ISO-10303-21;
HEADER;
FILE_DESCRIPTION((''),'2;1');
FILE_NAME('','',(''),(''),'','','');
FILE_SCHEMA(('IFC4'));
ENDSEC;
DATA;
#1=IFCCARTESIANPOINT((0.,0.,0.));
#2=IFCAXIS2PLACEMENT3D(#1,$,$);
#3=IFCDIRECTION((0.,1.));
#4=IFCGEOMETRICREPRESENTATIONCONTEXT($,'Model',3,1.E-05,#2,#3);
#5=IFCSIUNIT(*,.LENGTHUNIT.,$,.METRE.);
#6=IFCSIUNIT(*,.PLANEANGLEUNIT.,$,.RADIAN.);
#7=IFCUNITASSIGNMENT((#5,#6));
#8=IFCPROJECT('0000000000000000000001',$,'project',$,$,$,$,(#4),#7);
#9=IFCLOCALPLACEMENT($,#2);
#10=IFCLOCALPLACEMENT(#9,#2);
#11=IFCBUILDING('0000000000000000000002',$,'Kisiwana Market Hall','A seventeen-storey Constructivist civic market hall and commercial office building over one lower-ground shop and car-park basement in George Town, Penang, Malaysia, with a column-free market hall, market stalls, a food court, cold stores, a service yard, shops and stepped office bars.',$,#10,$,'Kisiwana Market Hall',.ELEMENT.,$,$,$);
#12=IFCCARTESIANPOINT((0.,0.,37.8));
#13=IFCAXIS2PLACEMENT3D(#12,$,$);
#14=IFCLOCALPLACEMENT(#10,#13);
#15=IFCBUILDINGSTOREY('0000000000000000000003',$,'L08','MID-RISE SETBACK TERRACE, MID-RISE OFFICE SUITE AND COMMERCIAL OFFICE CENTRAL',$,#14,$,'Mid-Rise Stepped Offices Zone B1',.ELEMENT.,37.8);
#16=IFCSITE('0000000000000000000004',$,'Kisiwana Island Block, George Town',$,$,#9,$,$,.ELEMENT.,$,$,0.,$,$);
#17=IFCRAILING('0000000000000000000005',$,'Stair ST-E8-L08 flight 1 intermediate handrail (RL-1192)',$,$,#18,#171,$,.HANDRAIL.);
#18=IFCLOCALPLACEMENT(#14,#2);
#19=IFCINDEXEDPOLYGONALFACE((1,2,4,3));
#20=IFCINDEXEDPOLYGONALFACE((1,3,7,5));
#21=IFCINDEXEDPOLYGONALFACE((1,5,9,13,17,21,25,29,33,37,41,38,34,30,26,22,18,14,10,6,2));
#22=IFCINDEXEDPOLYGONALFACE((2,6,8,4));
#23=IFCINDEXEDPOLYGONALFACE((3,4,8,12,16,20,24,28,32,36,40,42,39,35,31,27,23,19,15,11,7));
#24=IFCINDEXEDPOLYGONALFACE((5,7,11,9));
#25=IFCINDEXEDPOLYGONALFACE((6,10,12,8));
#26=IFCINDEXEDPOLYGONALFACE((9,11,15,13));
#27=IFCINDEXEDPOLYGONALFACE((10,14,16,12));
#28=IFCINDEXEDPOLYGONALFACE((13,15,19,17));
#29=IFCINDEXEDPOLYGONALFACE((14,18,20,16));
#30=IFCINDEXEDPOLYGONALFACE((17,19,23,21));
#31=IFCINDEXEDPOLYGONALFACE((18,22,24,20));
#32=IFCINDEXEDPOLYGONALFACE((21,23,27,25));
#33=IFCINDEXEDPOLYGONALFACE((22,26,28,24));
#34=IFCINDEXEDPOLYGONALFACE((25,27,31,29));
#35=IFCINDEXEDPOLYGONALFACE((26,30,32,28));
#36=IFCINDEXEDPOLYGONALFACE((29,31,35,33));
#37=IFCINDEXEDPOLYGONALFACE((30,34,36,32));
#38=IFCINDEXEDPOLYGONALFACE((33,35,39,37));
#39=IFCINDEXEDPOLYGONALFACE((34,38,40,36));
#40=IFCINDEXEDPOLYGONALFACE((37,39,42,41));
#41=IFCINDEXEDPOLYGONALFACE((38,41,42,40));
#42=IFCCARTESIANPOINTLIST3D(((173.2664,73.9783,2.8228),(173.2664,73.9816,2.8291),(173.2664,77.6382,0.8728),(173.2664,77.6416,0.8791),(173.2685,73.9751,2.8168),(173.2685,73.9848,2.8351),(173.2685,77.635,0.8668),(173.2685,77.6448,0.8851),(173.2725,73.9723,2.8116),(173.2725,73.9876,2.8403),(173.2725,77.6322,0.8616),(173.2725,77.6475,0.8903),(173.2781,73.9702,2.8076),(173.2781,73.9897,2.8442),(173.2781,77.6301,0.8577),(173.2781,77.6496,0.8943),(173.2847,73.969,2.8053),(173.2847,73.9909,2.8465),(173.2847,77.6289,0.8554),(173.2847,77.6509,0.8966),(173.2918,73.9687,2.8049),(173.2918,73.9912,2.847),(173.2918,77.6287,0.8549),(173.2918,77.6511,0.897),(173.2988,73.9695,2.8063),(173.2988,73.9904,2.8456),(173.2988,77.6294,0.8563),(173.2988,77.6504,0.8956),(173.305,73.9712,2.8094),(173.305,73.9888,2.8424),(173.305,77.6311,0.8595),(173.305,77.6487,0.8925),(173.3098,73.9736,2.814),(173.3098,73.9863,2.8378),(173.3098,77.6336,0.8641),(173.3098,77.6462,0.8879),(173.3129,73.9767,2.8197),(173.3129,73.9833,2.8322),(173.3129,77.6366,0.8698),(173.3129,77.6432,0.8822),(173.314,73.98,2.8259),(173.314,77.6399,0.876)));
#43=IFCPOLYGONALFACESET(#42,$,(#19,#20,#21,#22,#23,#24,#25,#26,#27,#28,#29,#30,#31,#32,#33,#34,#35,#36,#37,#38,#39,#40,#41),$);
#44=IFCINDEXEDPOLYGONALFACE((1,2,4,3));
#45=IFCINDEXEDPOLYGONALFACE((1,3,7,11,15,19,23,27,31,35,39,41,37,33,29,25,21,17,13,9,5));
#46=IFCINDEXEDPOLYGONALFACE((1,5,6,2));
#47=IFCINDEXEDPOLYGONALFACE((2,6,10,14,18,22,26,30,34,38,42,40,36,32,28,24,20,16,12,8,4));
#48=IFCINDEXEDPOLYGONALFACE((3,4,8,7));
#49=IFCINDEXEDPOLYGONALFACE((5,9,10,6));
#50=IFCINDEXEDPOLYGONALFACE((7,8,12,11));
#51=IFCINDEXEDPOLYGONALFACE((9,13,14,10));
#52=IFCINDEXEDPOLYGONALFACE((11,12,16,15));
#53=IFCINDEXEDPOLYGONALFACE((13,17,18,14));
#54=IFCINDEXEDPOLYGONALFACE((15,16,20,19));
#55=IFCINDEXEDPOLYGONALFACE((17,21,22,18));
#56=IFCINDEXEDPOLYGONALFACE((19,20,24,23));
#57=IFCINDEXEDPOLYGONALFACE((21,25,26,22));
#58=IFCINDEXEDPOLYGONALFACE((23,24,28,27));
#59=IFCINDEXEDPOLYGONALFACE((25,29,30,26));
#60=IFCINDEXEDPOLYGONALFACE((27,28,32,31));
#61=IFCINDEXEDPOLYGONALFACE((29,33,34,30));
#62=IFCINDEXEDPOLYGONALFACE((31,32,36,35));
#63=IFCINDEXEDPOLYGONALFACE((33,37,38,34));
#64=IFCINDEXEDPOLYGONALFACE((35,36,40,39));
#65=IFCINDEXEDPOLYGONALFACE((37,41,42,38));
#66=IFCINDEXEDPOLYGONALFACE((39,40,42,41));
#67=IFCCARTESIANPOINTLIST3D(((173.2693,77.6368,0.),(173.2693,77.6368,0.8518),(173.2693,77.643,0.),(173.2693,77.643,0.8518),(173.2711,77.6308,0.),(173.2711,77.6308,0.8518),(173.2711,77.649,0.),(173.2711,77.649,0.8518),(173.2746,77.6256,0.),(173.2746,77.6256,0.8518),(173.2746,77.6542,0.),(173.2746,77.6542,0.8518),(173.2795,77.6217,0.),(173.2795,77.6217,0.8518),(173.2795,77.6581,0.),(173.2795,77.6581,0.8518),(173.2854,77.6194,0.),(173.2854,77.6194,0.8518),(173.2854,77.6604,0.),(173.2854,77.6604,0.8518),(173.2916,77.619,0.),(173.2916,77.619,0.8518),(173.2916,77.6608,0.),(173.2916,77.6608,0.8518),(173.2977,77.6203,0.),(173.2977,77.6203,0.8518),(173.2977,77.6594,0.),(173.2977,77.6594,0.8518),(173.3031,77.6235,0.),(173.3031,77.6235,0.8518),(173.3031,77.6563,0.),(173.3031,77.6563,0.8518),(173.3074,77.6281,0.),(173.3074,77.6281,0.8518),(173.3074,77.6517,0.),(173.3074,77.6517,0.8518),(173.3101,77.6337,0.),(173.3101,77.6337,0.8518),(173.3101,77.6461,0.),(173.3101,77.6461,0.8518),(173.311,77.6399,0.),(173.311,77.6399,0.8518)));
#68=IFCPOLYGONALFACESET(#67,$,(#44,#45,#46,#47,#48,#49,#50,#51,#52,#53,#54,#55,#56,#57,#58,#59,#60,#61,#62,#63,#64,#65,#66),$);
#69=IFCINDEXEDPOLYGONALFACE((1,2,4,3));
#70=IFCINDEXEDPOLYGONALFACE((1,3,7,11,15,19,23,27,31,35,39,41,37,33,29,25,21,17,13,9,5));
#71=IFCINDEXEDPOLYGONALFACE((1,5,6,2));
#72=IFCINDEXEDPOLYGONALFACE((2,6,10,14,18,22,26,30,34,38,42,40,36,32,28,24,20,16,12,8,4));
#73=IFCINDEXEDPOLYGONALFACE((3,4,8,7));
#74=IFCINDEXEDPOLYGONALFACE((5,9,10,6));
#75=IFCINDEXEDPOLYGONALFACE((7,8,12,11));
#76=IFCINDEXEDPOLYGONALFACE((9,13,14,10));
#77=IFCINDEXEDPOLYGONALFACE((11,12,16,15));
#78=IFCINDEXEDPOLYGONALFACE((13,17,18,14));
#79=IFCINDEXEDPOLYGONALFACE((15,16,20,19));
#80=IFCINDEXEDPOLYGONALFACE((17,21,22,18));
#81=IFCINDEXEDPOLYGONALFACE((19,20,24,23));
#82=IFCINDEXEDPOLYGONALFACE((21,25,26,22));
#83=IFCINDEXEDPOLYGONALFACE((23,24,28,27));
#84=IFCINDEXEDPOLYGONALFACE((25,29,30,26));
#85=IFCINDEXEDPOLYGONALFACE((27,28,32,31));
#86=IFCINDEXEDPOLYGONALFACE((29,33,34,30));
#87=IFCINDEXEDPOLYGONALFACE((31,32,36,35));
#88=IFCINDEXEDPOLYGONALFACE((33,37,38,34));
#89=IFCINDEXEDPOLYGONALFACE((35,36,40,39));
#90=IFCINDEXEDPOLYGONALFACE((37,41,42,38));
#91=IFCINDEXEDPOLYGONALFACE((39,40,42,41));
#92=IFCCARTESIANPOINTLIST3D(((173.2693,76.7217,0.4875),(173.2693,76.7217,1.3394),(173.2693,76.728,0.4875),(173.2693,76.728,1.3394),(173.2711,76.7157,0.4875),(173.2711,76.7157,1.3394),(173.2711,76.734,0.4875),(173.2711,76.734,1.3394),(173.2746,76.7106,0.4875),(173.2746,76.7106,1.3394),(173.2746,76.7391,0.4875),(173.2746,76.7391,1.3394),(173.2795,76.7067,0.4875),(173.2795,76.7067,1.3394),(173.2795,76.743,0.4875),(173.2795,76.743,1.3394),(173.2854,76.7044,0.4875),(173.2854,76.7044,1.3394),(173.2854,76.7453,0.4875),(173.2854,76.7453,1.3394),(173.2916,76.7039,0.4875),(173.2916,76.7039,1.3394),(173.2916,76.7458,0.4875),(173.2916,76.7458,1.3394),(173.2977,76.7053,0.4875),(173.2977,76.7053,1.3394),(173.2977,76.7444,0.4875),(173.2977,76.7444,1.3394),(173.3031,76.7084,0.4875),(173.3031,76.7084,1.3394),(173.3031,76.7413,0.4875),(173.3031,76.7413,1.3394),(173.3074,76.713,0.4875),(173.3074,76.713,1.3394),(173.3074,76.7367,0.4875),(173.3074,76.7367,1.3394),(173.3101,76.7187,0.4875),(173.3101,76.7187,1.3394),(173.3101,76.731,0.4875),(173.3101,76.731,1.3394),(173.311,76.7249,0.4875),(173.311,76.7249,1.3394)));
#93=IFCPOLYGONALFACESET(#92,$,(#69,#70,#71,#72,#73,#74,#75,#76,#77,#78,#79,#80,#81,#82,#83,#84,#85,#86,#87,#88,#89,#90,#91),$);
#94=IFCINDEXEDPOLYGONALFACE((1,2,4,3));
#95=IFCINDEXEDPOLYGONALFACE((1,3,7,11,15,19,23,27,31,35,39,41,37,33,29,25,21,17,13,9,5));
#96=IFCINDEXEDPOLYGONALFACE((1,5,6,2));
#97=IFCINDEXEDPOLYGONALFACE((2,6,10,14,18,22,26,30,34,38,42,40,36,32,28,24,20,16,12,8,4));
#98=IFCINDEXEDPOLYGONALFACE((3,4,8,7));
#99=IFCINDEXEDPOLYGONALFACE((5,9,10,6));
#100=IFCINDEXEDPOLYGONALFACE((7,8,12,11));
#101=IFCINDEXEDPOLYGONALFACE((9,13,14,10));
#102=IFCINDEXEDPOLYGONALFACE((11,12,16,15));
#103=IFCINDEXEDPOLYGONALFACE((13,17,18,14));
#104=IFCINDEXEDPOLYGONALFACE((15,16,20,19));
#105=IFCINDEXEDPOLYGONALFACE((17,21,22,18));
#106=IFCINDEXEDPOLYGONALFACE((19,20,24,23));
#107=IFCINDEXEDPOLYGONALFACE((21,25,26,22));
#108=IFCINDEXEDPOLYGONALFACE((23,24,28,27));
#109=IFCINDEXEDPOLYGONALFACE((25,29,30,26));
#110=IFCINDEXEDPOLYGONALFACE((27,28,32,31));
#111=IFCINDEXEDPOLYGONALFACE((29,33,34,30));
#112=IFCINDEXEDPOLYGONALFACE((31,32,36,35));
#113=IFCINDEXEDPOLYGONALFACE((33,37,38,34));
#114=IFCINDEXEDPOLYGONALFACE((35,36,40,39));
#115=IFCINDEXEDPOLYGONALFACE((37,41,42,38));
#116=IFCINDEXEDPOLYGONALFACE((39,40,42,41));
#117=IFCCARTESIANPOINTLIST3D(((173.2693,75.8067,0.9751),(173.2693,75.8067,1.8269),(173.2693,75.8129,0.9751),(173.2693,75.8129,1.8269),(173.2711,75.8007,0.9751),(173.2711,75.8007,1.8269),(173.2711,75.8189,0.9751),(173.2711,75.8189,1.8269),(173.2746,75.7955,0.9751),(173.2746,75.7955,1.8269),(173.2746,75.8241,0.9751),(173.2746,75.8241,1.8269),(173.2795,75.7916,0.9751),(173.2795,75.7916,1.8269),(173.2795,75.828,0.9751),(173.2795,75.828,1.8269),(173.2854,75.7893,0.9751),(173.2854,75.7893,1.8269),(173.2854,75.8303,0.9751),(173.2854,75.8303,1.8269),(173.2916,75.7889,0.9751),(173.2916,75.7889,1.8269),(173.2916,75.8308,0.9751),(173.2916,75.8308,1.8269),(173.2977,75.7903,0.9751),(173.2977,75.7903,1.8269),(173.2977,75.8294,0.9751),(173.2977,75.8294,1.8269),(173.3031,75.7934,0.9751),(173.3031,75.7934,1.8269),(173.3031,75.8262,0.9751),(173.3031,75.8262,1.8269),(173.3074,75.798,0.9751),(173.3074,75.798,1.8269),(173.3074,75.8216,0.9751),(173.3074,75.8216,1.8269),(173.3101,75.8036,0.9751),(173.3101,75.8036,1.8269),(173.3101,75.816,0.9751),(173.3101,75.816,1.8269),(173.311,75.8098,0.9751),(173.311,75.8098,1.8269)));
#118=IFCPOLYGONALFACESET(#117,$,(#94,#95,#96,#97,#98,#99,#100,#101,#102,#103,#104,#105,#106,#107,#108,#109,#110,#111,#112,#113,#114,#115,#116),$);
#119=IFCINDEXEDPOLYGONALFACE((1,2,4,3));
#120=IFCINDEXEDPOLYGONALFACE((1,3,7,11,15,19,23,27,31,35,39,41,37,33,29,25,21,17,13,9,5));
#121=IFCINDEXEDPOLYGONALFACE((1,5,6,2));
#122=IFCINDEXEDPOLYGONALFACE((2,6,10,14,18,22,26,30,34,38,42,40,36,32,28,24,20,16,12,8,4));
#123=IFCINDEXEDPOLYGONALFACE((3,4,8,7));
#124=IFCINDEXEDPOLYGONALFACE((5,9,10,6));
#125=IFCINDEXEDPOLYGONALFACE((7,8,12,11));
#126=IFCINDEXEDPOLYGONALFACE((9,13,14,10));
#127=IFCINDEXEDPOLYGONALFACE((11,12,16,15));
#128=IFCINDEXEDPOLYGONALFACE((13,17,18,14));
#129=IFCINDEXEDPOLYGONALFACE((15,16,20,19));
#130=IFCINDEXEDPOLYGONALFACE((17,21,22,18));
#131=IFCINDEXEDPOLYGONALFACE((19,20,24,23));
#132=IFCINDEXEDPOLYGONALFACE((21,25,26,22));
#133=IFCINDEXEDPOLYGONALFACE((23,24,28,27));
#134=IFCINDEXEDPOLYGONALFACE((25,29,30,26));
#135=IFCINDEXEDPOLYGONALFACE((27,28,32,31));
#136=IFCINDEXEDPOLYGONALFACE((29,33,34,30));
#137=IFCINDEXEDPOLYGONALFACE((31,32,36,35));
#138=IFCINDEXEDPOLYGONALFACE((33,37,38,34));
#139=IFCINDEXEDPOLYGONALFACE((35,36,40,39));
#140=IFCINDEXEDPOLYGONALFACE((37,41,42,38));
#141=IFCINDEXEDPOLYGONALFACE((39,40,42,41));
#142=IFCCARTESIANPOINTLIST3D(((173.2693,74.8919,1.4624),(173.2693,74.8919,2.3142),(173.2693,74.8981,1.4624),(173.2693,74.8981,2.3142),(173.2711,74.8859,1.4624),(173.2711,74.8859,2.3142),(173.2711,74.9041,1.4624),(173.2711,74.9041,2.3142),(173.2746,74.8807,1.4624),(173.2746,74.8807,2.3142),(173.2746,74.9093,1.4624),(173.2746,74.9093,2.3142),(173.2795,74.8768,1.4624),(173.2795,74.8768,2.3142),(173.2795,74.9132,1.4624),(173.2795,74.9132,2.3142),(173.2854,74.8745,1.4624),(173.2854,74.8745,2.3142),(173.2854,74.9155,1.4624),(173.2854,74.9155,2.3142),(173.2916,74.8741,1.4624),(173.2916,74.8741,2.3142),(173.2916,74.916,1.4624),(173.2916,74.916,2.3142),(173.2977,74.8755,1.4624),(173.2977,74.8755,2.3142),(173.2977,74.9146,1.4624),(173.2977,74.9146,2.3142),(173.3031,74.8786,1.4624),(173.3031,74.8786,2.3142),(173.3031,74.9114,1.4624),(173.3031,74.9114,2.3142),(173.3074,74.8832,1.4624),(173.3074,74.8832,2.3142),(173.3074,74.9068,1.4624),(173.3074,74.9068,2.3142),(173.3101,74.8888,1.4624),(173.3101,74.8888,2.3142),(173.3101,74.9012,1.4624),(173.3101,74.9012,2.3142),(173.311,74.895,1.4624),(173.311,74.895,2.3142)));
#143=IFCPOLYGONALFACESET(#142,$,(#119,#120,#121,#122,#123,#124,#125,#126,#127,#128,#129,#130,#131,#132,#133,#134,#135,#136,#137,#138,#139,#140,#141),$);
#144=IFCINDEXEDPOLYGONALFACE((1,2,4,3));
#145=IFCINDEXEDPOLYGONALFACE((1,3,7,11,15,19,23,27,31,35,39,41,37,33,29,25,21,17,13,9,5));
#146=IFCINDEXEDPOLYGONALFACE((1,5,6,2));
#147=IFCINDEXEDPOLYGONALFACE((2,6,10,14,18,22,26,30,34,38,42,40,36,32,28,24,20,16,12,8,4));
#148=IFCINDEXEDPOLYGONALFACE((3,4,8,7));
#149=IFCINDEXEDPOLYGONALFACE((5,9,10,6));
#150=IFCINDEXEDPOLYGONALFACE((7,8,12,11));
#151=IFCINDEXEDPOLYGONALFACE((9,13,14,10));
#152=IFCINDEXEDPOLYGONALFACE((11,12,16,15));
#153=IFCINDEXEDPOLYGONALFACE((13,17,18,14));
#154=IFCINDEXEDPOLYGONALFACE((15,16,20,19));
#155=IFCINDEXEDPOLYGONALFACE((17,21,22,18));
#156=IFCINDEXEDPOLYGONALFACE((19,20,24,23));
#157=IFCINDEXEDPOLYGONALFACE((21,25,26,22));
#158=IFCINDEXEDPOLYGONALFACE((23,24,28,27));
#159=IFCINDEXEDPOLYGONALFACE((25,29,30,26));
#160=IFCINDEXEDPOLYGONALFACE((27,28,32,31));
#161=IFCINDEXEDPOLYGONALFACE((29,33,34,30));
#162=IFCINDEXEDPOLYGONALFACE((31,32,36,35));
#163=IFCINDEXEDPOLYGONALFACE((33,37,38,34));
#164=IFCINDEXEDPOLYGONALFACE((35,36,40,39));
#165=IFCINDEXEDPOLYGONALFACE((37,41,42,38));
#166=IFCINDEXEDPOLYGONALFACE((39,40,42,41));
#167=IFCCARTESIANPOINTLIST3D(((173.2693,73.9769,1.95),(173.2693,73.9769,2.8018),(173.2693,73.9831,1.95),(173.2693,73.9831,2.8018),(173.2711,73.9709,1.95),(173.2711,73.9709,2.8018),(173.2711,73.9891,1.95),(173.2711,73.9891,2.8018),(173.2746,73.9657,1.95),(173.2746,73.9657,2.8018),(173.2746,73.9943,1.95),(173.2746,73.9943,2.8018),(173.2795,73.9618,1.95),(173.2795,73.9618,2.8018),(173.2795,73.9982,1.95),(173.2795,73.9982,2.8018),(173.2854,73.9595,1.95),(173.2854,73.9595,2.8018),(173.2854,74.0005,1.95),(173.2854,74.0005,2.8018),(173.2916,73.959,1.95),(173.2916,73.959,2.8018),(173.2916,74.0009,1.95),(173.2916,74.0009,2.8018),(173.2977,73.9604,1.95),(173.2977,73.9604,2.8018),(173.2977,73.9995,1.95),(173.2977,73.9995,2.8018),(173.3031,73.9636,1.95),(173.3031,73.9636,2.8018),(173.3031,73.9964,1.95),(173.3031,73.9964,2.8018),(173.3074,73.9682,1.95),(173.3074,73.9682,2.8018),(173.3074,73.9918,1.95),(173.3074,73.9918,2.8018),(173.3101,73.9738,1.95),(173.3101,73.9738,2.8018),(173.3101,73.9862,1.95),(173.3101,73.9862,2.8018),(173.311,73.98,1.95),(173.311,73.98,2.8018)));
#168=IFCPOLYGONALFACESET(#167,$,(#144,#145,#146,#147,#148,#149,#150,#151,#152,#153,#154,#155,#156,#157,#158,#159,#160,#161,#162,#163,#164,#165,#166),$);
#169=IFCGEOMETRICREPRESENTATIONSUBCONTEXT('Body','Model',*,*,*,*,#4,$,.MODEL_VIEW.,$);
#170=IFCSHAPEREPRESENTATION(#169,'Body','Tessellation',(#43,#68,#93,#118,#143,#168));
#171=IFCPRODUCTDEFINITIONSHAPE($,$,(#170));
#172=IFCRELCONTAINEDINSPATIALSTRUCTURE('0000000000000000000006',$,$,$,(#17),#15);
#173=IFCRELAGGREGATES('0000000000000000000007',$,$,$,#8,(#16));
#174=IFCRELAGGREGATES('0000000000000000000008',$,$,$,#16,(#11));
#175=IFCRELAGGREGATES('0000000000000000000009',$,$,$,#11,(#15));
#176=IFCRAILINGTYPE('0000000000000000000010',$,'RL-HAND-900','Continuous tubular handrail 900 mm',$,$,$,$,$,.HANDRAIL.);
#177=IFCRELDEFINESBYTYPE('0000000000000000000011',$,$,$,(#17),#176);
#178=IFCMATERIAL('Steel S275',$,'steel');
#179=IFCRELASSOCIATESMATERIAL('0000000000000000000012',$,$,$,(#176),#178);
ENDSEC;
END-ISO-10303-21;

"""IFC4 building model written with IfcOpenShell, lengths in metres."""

from ifc_helpers import new_model, si_unit, direction, frame, origin, origin_2d, place, context, subcontext, project, spatial, circle, extrude, material, type_object, element, save


model = new_model("IFC4")

# Units and contexts
model_context = context("Model", 3, precision=1e-05, world=origin(), true_north=direction((0.0, 1.0)))
body_context = subcontext(model_context, "Body", "Model", "MODEL_VIEW")
ifc_project = project(units=[si_unit("LENGTHUNIT", "METRE"), si_unit("PLANEANGLEUNIT", "RADIAN")], contexts=[model_context])

# Site, building, storey
site_placement = place(None, origin())
site = spatial("IfcSite", under=ifc_project, at=site_placement, Name="Kisiwana Island Block, George Town", CompositionType="ELEMENT", RefElevation=0.0)
building_placement = place(site_placement, origin())
building = spatial("IfcBuilding", under=site, at=building_placement, Name="Kisiwana Market Hall", Description="A seventeen-storey Constructivist civic market hall and commercial office building over one lower-ground shop and car-park basement in George Town, Penang, Malaysia, with a column-free market hall, market stalls, a food court, cold stores, a service yard, shops and stepped office bars.", LongName="Kisiwana Market Hall", CompositionType="ELEMENT")
storey_placement = place(building_placement, frame((0.0, 0.0, 37.8)))
storey = spatial("IfcBuildingStorey", under=building, at=storey_placement, Name="L08", Description="MID-RISE SETBACK TERRACE, MID-RISE OFFICE SUITE AND COMMERCIAL OFFICE CENTRAL", LongName="Mid-Rise Stepped Offices Zone B1", CompositionType="ELEMENT", Elevation=37.8)

# Railing
ifc_material_1 = material(Name="Steel S275", Category="steel")
railing_type_1 = type_object("IfcRailingType", Name="RL-HAND-900", Description="Continuous tubular handrail 900 mm", PredefinedType="HANDRAIL", material=ifc_material_1)
railing_1_placement = place(storey_placement, frame((173.29, 77.6399, 0.0)))
element("IfcRailing", 1, at=railing_1_placement, inside=storey, type_object=railing_type_1, Name="Stair ST-E8-L08 flight 1 intermediate handrail (RL-1192)", PredefinedType="HANDRAIL", context=body_context, shape_type="SweptSolid", body=[
    extrude(circle(Radius=0.0239, at=origin_2d()), frame((0.0, 0.0, 0.876), z_axis=(0.0, -0.882553, 0.470212), x_axis=(1.0, 0.0, 0.0)), (0.0, 0.0, 1.0), 4.147),
    extrude(circle(Radius=0.021, at=origin_2d()), origin(), (0.0, 0.0, 1.0), 0.8518),
    extrude(circle(Radius=0.021, at=origin_2d()), frame((0.0, -0.915, 0.4875)), (0.0, 0.0, 1.0), 0.8518),
    extrude(circle(Radius=0.021, at=origin_2d()), frame((0.0, -1.8301, 0.9751)), (0.0, 0.0, 1.0), 0.8518),
    extrude(circle(Radius=0.021, at=origin_2d()), frame((0.0, -2.7449, 1.4624)), (0.0, 0.0, 1.0), 0.8518),
    extrude(circle(Radius=0.021, at=origin_2d()), frame((0.0, -3.6599, 1.95)), (0.0, 0.0, 1.0), 0.8518),
])

save(model, "model.ifc")
